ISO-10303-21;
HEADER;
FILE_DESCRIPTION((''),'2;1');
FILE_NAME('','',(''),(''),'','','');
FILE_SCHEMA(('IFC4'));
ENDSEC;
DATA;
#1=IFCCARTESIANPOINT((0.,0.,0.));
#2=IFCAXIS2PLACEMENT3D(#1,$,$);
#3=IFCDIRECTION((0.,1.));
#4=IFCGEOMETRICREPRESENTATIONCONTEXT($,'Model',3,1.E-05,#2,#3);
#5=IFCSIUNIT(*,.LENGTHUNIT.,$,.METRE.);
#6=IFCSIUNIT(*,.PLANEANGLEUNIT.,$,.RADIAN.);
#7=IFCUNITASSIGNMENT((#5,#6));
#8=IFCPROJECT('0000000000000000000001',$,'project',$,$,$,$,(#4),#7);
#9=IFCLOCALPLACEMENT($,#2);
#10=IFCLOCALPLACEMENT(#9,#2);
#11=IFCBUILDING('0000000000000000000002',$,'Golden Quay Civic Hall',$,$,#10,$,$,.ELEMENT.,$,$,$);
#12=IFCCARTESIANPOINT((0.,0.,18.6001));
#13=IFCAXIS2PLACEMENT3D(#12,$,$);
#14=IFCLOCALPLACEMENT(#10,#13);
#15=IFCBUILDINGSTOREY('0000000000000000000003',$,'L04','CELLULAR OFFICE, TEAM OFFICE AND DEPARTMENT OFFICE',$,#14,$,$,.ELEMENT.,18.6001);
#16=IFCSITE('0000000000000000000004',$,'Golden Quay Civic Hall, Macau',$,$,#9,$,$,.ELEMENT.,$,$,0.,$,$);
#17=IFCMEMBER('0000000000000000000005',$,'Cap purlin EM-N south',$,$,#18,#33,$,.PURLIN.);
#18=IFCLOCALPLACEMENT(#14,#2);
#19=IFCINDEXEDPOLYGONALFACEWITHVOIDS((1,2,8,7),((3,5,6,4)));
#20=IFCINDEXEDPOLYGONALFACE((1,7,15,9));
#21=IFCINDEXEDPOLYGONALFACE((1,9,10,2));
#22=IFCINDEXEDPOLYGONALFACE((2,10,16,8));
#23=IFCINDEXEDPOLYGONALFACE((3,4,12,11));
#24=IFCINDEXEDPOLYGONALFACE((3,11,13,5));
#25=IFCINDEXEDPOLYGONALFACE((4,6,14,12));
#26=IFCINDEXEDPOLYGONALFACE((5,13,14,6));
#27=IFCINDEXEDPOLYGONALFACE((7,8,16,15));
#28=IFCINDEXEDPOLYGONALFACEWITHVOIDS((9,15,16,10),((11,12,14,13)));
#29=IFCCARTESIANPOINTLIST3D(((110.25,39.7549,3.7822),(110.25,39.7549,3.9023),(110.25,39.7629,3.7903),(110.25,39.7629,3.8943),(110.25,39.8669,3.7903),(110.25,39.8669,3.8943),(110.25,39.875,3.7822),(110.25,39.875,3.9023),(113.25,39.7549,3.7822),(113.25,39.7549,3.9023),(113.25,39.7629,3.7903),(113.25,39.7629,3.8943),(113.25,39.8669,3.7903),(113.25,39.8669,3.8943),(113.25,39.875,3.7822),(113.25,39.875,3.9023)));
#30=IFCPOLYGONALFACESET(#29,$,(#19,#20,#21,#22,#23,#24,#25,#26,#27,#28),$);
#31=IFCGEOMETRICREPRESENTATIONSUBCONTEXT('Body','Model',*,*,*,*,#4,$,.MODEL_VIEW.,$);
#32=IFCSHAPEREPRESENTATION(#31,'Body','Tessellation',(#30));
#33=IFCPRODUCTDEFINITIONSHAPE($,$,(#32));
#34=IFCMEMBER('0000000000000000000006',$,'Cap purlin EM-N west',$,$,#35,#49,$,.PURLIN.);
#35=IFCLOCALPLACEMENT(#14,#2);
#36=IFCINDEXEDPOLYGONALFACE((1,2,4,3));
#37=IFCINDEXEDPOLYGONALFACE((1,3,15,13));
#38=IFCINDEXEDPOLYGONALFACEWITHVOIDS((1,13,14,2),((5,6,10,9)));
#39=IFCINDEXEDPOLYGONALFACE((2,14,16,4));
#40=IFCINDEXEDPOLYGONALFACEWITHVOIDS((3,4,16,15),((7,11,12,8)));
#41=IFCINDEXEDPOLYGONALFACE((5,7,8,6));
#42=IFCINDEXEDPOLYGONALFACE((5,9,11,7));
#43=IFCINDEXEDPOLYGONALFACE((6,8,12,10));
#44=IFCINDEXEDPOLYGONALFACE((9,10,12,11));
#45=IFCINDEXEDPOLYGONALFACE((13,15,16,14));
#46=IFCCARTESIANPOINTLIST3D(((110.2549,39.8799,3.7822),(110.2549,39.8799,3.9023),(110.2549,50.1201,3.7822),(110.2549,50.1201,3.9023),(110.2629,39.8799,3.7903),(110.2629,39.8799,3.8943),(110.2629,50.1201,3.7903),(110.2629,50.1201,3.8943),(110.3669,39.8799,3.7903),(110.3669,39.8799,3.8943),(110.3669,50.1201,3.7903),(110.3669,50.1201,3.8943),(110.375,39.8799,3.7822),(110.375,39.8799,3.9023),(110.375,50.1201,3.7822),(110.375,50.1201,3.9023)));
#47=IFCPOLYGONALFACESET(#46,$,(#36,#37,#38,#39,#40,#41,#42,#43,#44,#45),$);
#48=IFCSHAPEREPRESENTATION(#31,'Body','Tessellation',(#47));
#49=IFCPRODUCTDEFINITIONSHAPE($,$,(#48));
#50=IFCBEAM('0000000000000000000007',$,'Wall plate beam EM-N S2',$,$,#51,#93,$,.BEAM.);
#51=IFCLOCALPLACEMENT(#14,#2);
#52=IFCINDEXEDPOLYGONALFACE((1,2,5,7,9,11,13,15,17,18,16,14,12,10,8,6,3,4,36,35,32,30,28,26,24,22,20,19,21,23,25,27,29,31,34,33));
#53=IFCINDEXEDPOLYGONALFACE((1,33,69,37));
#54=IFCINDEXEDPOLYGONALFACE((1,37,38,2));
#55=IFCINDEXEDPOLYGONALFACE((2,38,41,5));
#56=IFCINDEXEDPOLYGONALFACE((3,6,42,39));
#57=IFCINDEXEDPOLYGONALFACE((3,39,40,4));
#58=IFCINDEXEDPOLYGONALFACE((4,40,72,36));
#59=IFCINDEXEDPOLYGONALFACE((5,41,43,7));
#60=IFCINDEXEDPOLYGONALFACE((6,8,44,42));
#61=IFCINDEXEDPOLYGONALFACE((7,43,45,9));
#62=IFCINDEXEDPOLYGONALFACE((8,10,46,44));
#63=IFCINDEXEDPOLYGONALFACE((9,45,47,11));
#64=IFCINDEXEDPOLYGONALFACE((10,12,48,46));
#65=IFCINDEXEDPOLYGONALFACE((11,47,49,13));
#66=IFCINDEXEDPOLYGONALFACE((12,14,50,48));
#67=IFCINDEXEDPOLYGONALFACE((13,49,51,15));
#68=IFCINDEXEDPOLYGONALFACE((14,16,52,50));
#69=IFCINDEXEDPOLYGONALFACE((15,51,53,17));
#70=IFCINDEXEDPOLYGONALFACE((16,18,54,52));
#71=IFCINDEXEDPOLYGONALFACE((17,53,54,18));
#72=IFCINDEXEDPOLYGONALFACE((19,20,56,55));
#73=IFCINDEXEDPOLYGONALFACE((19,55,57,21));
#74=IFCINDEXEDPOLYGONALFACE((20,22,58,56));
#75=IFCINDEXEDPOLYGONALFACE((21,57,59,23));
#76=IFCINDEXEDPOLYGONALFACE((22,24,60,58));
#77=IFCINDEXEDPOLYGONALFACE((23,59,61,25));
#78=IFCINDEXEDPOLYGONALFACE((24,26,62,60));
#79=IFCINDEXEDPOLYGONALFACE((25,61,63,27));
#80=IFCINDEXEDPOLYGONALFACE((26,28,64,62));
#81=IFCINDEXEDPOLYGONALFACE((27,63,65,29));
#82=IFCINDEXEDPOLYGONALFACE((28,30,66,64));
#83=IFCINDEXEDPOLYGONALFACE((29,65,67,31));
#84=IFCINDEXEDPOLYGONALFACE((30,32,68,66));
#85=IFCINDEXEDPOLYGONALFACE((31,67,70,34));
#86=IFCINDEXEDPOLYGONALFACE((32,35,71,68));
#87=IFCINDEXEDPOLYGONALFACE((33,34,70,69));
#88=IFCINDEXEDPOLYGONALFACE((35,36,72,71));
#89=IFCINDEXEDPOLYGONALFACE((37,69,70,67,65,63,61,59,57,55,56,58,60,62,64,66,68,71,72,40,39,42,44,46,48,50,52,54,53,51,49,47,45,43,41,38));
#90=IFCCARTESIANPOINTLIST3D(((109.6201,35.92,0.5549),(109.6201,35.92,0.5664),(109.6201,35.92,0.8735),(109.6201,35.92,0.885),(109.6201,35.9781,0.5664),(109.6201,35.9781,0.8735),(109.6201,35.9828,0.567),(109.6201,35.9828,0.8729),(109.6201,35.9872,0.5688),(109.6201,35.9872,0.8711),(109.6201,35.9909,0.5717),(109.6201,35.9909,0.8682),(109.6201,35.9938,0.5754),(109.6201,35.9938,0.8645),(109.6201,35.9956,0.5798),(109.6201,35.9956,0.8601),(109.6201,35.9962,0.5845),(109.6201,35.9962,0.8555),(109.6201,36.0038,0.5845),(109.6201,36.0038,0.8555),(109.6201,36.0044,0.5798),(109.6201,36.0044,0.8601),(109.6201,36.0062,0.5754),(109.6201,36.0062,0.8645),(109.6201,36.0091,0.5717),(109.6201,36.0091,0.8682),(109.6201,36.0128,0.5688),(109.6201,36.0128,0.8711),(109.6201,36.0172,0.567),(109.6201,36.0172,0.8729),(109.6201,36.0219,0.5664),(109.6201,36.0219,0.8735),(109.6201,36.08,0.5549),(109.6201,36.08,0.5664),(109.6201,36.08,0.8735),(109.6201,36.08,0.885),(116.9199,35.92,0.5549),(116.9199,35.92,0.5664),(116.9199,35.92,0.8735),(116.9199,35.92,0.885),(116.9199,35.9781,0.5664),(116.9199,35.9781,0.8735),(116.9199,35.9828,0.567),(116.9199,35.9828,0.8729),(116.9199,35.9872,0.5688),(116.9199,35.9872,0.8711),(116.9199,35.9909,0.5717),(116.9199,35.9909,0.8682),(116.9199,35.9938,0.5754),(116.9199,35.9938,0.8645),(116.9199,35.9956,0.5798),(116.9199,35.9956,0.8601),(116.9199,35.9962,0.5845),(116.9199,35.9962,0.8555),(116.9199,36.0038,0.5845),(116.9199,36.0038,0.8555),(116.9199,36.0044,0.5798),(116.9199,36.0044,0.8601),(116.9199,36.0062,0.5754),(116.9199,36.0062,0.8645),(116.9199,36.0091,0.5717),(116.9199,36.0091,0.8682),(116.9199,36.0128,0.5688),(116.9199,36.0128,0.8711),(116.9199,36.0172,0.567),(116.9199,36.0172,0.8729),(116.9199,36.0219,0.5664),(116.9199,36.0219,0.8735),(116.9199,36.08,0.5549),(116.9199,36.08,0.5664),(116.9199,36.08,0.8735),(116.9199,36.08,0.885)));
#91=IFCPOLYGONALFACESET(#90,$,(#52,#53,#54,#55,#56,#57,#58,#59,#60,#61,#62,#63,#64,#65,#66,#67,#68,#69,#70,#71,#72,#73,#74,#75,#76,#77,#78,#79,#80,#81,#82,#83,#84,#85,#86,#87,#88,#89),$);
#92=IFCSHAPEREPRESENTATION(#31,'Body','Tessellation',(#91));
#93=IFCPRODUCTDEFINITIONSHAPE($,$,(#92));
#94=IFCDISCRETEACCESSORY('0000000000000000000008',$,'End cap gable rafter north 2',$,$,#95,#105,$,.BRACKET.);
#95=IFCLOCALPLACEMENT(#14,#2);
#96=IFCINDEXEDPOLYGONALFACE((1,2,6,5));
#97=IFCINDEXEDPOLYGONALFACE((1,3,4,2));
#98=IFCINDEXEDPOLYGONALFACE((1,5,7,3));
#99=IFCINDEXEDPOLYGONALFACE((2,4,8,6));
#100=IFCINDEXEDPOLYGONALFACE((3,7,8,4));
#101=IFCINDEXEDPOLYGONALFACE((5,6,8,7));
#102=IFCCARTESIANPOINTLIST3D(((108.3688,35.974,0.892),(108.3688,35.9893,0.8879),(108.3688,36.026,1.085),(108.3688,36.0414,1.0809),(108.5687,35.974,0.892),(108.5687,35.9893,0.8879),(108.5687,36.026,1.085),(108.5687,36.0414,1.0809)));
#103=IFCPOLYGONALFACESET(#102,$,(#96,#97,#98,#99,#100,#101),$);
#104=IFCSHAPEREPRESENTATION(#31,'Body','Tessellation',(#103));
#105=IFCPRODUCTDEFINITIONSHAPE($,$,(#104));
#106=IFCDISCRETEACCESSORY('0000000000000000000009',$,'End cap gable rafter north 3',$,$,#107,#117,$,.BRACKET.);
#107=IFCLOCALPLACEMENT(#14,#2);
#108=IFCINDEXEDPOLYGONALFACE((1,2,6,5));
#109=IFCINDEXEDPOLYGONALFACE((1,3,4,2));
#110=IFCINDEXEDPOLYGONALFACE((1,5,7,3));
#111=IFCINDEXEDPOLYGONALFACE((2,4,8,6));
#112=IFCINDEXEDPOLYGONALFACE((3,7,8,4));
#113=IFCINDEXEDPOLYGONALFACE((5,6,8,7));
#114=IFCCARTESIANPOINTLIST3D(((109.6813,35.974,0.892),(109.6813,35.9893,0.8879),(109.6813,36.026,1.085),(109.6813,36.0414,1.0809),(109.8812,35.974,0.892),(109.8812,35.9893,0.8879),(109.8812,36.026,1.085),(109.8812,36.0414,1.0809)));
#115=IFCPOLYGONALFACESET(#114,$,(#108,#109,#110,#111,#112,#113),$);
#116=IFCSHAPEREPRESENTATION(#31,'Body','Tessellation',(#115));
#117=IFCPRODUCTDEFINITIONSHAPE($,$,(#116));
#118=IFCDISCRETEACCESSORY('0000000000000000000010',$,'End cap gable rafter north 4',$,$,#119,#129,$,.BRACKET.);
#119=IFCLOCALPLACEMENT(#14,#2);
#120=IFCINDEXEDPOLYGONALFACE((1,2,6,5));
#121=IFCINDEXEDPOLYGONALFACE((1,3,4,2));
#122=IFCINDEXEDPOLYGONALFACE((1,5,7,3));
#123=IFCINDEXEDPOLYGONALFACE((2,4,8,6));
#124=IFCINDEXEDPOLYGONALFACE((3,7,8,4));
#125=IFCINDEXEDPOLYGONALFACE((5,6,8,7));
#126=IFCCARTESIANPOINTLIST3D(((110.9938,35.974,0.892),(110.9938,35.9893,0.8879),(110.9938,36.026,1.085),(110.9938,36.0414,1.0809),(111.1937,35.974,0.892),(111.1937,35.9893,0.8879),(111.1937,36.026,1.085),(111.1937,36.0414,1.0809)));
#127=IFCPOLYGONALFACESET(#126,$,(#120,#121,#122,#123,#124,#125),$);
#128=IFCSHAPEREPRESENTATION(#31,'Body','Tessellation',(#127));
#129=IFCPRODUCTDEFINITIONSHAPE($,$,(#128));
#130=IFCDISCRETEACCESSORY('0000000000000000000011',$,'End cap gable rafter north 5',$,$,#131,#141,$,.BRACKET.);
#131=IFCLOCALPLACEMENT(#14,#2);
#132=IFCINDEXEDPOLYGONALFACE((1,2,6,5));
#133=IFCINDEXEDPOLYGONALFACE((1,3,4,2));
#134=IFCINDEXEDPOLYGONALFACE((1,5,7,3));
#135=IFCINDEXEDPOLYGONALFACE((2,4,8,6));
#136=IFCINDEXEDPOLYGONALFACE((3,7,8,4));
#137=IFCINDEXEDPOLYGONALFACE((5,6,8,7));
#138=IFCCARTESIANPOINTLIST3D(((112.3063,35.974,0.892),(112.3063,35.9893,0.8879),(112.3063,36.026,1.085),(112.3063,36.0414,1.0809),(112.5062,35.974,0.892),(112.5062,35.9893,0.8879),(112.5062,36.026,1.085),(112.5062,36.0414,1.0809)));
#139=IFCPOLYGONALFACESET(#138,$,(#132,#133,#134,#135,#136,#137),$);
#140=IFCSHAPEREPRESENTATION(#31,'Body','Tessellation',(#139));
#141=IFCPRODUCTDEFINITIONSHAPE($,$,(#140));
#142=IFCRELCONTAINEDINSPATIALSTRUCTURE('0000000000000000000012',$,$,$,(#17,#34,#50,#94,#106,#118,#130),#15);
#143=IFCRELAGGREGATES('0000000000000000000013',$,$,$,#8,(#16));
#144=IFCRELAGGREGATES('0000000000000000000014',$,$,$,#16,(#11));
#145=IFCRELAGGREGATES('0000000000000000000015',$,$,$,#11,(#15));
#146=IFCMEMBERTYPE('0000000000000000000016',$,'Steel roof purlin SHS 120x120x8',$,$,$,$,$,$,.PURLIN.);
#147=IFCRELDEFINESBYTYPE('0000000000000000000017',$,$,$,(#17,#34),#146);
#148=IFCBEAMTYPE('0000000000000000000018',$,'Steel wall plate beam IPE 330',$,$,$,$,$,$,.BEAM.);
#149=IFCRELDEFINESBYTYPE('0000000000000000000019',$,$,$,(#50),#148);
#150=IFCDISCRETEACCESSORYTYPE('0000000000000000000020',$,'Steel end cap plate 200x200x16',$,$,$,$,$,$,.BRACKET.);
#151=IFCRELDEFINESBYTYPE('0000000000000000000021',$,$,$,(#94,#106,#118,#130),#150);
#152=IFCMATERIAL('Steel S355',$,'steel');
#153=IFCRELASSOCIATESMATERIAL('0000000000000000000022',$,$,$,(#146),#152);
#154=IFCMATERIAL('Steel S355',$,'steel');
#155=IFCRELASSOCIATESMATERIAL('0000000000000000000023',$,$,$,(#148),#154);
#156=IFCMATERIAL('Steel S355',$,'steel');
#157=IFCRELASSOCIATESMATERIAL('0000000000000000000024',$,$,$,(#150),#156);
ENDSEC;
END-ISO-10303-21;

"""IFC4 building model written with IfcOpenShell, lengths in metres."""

from ifc_helpers import new_model, si_unit, direction, frame, origin, origin_2d, place, context, subcontext, project, spatial, rectangle, hollow_rectangle, i_section, extrude, material, material_profile, profile_set, type_object, element, save


model = new_model("IFC4")

# Units and contexts
model_context = context("Model", 3, precision=1e-05, world=origin(), true_north=direction((0.0, 1.0)))
body_context = subcontext(model_context, "Body", "Model", "MODEL_VIEW")
ifc_project = project(units=[si_unit("LENGTHUNIT", "METRE"), si_unit("PLANEANGLEUNIT", "RADIAN")], contexts=[model_context])

# Site, building, storey
site_placement = place(None, origin())
site = spatial("IfcSite", under=ifc_project, at=site_placement, Name="Golden Quay Civic Hall, Macau", CompositionType="ELEMENT", RefElevation=0.0)
building_placement = place(site_placement, origin())
building = spatial("IfcBuilding", under=site, at=building_placement, Name="Golden Quay Civic Hall", CompositionType="ELEMENT")
storey_placement = place(building_placement, frame((0.0, 0.0, 18.6001)))
storey = spatial("IfcBuildingStorey", under=building, at=storey_placement, Name="L04", Description="CELLULAR OFFICE, TEAM OFFICE AND DEPARTMENT OFFICE", CompositionType="ELEMENT", Elevation=18.6001)

# Members
ifc_material_1 = material(Name="Steel S355", Category="steel")
ifc_material_profile_1 = material_profile(ifc_material_1, hollow_rectangle(XDim=0.1201, YDim=0.1201, WallThickness=0.0081, at=origin_2d()), Name="SHS 120x120x8")
ifc_profile_set_1 = profile_set([ifc_material_profile_1], Name="Steel S355")
member_type_1 = type_object("IfcMemberType", Name="Steel roof purlin SHS 120x120x8", PredefinedType="PURLIN", material=ifc_profile_set_1)
member_1_placement = place(storey_placement, frame((110.25, 39.8149, 3.8423), z_axis=(1.0, 0.0, 0.0), x_axis=(0.0, 1.0, 0.0)))
element("IfcMember", 1, at=member_1_placement, inside=storey, type_object=member_type_1, Name="Cap purlin EM-N south", PredefinedType="PURLIN", context=body_context, shape_type="SweptSolid", body=[
    extrude(hollow_rectangle(XDim=0.1201, YDim=0.1201, WallThickness=0.0081, at=origin_2d()), origin(), (0.0, 0.0, 1.0), 3.0),
])
member_2_placement = place(storey_placement, frame((110.3149, 39.8799, 3.8423), z_axis=(0.0, 1.0, 0.0), x_axis=(-1.0, 0.0, 0.0)))
element("IfcMember", 2, at=member_2_placement, inside=storey, type_object=member_type_1, Name="Cap purlin EM-N west", PredefinedType="PURLIN", context=body_context, shape_type="SweptSolid", body=[
    extrude(hollow_rectangle(XDim=0.1201, YDim=0.1201, WallThickness=0.0081, at=origin_2d()), origin(), (0.0, 0.0, 1.0), 10.2402),
])

# Beam
ifc_material_2 = material(Name="Steel S355", Category="steel")
ifc_material_profile_2 = material_profile(ifc_material_2, i_section(OverallWidth=0.1599, OverallDepth=0.3301, WebThickness=0.0076, FlangeThickness=0.0115, FilletRadius=0.0181, at=origin_2d()), Name="IPE 330")
ifc_profile_set_2 = profile_set([ifc_material_profile_2], Name="Steel S355")
beam_type_1 = type_object("IfcBeamType", Name="Steel wall plate beam IPE 330", PredefinedType="BEAM", material=ifc_profile_set_2)
beam_1_placement = place(storey_placement, frame((109.6201, 36.0, 0.72), z_axis=(1.0, 0.0, 0.0), x_axis=(0.0, 1.0, 0.0)))
element("IfcBeam", 3, at=beam_1_placement, inside=storey, type_object=beam_type_1, Name="Wall plate beam EM-N S2", PredefinedType="BEAM", context=body_context, shape_type="SweptSolid", body=[
    extrude(i_section(OverallWidth=0.1599, OverallDepth=0.3301, WebThickness=0.0076, FlangeThickness=0.0115, FilletRadius=0.0181, at=origin_2d()), origin(), (0.0, 0.0, 1.0), 7.2998),
])

# Discrete accessories
ifc_material_3 = material(Name="Steel S355", Category="steel")
ifc_material_profile_3 = material_profile(ifc_material_3, rectangle(XDim=0.2, YDim=0.2, at=origin_2d()), Name="Steel end cap plate 200x200x16")
ifc_profile_set_3 = profile_set([ifc_material_profile_3], Name="Steel S355")
discrete_accessory_type = type_object("IfcDiscreteAccessoryType", Name="Steel end cap plate 200x200x16", PredefinedType="BRACKET", material=ifc_profile_set_3)
for number, where, z_axis, x_axis, name in (
    (4, (108.4688, 36.0, 0.9885), (0.0, 0.965468, -0.260523), (-1.0, 0.0, 0.0), "End cap gable rafter north 2"),
    (5, (109.7812, 36.0, 0.9885), (0.0, 0.965468, -0.260523), (-1.0, 0.0, 0.0), "End cap gable rafter north 3"),
    (6, (111.0938, 36.0, 0.9885), (0.0, 0.965468, -0.260523), (-1.0, 0.0, 0.0), "End cap gable rafter north 4"),
    (7, (112.4062, 36.0, 0.9885), (0.0, 0.965468, -0.260523), (-1.0, 0.0, 0.0), "End cap gable rafter north 5"),
):
    element("IfcDiscreteAccessory", number, at=place(storey_placement, frame(where, z_axis=z_axis, x_axis=x_axis)), inside=storey, type_object=discrete_accessory_type, Name=name, PredefinedType="BRACKET", context=body_context, shape_type="SweptSolid", body=[
        extrude(rectangle(XDim=0.2, YDim=0.2, at=origin_2d()), origin(), (0.0, 0.0, 1.0), 0.0159),
    ])

save(model, "model.ifc")
